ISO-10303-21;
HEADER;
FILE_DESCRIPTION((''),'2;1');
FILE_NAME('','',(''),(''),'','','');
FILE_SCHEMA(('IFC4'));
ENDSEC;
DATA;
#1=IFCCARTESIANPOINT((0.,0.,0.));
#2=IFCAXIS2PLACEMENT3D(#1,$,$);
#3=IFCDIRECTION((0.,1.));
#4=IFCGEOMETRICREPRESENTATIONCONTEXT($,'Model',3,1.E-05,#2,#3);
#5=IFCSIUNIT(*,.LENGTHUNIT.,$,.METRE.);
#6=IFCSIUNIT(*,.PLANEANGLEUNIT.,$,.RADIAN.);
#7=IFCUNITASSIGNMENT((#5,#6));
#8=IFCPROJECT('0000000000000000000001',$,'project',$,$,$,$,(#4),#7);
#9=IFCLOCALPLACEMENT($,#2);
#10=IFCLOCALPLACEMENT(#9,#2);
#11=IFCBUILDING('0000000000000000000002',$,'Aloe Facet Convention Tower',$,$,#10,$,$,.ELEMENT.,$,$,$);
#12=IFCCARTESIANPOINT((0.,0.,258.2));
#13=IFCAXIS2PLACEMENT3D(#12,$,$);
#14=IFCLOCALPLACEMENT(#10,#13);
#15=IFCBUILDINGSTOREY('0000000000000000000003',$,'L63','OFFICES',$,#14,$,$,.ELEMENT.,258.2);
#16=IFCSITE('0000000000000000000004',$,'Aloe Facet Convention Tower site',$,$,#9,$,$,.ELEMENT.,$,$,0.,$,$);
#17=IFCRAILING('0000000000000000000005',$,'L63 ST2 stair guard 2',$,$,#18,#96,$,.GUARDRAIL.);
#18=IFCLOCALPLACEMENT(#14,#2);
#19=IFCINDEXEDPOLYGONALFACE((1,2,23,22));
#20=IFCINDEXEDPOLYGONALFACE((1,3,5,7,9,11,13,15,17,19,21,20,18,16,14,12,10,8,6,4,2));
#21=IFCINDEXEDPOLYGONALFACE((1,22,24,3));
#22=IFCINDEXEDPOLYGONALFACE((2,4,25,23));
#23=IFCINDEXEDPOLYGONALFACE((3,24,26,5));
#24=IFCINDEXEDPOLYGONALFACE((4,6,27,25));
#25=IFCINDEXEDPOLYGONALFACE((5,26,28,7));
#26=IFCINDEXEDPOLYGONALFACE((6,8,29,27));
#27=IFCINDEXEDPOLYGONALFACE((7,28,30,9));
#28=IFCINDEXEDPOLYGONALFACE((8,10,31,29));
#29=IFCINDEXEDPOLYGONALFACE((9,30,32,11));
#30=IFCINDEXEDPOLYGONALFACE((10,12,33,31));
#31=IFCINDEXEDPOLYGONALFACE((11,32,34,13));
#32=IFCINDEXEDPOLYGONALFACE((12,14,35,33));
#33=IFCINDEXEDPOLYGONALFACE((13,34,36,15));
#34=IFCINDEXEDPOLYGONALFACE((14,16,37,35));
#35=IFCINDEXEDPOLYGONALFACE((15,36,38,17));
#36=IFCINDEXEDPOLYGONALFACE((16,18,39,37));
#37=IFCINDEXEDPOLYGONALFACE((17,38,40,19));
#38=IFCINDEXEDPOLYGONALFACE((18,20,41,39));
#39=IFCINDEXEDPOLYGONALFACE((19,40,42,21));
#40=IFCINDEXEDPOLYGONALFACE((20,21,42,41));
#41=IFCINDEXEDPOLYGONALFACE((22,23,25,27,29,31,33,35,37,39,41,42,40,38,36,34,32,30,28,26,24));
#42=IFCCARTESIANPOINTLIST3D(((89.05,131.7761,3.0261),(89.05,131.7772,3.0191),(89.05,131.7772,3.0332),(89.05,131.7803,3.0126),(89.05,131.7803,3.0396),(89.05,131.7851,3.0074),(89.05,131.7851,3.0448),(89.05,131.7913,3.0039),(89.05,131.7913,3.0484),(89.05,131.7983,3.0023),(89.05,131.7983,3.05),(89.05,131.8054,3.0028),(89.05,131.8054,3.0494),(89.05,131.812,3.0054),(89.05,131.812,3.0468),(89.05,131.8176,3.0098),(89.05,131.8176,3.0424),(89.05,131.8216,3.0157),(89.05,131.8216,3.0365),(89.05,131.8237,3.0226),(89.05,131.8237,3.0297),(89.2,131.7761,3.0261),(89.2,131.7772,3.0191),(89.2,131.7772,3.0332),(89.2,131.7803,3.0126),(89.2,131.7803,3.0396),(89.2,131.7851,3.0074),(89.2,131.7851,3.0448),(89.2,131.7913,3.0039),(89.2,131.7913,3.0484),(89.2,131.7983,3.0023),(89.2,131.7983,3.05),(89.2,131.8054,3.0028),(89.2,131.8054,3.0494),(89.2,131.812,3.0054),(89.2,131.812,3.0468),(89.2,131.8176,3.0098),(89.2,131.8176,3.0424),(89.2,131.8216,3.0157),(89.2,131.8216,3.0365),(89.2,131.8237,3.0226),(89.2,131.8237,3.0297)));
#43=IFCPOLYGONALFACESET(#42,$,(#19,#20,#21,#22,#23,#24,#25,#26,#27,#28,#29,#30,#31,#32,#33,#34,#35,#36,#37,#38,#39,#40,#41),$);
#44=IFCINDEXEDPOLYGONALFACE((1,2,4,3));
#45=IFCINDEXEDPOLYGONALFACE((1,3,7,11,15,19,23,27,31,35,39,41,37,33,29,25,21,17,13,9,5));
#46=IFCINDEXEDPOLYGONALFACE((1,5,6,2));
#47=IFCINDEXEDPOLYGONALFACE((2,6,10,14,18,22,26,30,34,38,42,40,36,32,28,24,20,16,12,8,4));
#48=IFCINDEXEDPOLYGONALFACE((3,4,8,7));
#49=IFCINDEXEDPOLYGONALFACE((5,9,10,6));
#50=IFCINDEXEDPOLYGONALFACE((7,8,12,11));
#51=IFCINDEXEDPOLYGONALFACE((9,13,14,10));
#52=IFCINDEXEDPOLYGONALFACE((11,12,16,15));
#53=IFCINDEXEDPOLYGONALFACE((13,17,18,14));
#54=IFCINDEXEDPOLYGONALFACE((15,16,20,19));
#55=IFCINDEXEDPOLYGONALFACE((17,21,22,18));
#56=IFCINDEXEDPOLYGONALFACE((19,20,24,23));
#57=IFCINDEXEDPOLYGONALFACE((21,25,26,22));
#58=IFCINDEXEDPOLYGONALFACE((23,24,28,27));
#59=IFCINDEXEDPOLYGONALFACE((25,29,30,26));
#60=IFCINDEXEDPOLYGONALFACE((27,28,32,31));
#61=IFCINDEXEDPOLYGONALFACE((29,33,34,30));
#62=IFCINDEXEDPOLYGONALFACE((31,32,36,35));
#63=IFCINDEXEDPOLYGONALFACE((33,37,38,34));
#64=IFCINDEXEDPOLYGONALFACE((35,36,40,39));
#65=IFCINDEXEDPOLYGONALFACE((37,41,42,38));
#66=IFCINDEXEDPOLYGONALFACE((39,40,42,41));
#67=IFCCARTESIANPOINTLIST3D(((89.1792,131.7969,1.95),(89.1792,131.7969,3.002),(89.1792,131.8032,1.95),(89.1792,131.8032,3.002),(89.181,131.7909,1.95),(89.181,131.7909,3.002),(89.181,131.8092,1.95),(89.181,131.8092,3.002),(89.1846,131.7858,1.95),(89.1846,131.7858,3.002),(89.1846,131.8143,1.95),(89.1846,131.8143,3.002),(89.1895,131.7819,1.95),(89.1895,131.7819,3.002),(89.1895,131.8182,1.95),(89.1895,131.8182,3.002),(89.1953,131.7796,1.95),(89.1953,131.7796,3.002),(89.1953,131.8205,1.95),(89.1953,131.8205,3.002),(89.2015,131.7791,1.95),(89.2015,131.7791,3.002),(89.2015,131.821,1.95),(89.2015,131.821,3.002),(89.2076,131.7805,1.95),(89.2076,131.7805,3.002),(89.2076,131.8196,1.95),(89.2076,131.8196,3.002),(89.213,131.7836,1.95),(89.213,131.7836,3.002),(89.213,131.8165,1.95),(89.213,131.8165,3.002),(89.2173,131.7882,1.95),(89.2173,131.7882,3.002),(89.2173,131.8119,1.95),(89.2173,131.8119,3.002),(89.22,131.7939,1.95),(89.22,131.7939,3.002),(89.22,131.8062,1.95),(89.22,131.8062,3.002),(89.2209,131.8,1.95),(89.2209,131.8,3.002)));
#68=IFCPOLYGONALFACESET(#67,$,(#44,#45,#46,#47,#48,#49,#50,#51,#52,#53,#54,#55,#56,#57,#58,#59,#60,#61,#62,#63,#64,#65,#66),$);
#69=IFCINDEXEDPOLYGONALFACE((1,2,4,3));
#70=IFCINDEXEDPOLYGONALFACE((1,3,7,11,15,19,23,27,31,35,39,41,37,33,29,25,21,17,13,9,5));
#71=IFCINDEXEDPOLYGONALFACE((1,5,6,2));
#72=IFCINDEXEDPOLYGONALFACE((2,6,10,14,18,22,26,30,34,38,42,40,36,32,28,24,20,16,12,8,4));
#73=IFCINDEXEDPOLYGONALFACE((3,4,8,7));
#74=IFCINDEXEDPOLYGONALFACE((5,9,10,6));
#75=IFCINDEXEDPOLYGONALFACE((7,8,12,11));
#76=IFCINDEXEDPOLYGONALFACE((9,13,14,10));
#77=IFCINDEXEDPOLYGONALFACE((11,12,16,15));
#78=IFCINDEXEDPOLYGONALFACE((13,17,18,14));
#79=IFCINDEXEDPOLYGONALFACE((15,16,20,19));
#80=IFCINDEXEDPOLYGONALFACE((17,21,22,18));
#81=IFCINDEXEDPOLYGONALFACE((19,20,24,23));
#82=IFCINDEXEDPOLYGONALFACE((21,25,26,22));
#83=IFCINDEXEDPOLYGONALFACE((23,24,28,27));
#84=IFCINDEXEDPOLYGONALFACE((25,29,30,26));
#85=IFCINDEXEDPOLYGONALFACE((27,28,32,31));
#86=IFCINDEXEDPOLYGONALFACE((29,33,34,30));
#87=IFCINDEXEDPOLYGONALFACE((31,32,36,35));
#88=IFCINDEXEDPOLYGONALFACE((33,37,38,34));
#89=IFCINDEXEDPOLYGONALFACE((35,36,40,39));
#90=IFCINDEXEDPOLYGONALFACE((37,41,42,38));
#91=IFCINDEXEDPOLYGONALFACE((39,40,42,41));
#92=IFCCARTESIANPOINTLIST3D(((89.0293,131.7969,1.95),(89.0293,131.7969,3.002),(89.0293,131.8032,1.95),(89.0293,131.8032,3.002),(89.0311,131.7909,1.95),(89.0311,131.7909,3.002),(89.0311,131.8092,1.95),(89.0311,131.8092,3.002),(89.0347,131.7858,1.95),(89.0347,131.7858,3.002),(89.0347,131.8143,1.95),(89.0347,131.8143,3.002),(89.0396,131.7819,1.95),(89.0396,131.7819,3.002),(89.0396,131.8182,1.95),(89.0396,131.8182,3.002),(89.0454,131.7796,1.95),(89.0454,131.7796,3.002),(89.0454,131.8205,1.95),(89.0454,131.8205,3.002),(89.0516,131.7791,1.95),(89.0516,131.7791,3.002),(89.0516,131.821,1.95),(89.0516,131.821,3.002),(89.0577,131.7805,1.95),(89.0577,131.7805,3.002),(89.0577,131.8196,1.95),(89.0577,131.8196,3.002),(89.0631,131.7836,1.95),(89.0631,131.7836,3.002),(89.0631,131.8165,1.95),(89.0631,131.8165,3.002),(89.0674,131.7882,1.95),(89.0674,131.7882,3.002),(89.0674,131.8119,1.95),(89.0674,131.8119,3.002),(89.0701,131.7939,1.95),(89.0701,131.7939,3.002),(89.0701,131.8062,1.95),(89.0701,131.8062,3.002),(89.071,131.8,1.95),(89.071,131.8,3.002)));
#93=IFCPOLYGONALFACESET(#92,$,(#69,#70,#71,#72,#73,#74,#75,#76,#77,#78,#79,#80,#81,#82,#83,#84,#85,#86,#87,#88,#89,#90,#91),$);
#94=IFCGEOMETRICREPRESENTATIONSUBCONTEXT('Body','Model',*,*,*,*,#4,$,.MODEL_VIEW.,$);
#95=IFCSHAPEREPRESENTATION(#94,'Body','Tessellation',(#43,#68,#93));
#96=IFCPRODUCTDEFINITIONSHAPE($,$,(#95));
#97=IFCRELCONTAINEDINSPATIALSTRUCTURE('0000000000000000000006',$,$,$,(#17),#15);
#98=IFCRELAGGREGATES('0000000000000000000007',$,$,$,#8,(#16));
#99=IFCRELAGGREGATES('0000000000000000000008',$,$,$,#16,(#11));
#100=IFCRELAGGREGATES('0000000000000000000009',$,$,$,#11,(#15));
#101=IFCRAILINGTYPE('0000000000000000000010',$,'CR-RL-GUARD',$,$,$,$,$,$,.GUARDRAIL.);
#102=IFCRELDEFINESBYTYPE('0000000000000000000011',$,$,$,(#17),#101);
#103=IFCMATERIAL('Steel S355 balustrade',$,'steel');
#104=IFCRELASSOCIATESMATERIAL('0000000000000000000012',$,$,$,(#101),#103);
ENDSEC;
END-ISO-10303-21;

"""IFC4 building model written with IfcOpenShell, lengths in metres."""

from ifc_helpers import new_model, si_unit, direction, frame, origin, origin_2d, place, context, subcontext, project, spatial, circle, extrude, material, type_object, element, save


model = new_model("IFC4")

# Units and contexts
model_context = context("Model", 3, precision=1e-05, world=origin(), true_north=direction((0.0, 1.0)))
body_context = subcontext(model_context, "Body", "Model", "MODEL_VIEW")
ifc_project = project(units=[si_unit("LENGTHUNIT", "METRE"), si_unit("PLANEANGLEUNIT", "RADIAN")], contexts=[model_context])

# Site, building, storey
site_placement = place(None, origin())
site = spatial("IfcSite", under=ifc_project, at=site_placement, Name="Aloe Facet Convention Tower site", CompositionType="ELEMENT", RefElevation=0.0)
building_placement = place(site_placement, origin())
building = spatial("IfcBuilding", under=site, at=building_placement, Name="Aloe Facet Convention Tower", CompositionType="ELEMENT")
storey_placement = place(building_placement, frame((0.0, 0.0, 258.2)))
storey = spatial("IfcBuildingStorey", under=building, at=storey_placement, Name="L63", Description="OFFICES", CompositionType="ELEMENT", Elevation=258.2)

# Railing
ifc_material_1 = material(Name="Steel S355 balustrade", Category="steel")
railing_type_1 = type_object("IfcRailingType", Name="CR-RL-GUARD", PredefinedType="GUARDRAIL", material=ifc_material_1)
railing_1_placement = place(storey_placement, frame((89.2, 131.8, 1.95)))
element("IfcRailing", 1, at=railing_1_placement, inside=storey, type_object=railing_type_1, Name="L63 ST2 stair guard 2", PredefinedType="GUARDRAIL", context=body_context, shape_type="SweptSolid", body=[
    extrude(circle(Radius=0.0239, at=origin_2d()), frame((0.0, 0.0, 1.0762), z_axis=(-1.0, 0.0, 0.0), x_axis=(0.0, -1.0, 0.0)), (0.0, 0.0, 1.0), 0.1499),
    extrude(circle(Radius=0.021, at=origin_2d()), origin(), (0.0, 0.0, 1.0), 1.052),
    extrude(circle(Radius=0.021, at=origin_2d()), frame((-0.1499, 0.0, 0.0)), (0.0, 0.0, 1.0), 1.052),
])

save(model, "model.ifc")
